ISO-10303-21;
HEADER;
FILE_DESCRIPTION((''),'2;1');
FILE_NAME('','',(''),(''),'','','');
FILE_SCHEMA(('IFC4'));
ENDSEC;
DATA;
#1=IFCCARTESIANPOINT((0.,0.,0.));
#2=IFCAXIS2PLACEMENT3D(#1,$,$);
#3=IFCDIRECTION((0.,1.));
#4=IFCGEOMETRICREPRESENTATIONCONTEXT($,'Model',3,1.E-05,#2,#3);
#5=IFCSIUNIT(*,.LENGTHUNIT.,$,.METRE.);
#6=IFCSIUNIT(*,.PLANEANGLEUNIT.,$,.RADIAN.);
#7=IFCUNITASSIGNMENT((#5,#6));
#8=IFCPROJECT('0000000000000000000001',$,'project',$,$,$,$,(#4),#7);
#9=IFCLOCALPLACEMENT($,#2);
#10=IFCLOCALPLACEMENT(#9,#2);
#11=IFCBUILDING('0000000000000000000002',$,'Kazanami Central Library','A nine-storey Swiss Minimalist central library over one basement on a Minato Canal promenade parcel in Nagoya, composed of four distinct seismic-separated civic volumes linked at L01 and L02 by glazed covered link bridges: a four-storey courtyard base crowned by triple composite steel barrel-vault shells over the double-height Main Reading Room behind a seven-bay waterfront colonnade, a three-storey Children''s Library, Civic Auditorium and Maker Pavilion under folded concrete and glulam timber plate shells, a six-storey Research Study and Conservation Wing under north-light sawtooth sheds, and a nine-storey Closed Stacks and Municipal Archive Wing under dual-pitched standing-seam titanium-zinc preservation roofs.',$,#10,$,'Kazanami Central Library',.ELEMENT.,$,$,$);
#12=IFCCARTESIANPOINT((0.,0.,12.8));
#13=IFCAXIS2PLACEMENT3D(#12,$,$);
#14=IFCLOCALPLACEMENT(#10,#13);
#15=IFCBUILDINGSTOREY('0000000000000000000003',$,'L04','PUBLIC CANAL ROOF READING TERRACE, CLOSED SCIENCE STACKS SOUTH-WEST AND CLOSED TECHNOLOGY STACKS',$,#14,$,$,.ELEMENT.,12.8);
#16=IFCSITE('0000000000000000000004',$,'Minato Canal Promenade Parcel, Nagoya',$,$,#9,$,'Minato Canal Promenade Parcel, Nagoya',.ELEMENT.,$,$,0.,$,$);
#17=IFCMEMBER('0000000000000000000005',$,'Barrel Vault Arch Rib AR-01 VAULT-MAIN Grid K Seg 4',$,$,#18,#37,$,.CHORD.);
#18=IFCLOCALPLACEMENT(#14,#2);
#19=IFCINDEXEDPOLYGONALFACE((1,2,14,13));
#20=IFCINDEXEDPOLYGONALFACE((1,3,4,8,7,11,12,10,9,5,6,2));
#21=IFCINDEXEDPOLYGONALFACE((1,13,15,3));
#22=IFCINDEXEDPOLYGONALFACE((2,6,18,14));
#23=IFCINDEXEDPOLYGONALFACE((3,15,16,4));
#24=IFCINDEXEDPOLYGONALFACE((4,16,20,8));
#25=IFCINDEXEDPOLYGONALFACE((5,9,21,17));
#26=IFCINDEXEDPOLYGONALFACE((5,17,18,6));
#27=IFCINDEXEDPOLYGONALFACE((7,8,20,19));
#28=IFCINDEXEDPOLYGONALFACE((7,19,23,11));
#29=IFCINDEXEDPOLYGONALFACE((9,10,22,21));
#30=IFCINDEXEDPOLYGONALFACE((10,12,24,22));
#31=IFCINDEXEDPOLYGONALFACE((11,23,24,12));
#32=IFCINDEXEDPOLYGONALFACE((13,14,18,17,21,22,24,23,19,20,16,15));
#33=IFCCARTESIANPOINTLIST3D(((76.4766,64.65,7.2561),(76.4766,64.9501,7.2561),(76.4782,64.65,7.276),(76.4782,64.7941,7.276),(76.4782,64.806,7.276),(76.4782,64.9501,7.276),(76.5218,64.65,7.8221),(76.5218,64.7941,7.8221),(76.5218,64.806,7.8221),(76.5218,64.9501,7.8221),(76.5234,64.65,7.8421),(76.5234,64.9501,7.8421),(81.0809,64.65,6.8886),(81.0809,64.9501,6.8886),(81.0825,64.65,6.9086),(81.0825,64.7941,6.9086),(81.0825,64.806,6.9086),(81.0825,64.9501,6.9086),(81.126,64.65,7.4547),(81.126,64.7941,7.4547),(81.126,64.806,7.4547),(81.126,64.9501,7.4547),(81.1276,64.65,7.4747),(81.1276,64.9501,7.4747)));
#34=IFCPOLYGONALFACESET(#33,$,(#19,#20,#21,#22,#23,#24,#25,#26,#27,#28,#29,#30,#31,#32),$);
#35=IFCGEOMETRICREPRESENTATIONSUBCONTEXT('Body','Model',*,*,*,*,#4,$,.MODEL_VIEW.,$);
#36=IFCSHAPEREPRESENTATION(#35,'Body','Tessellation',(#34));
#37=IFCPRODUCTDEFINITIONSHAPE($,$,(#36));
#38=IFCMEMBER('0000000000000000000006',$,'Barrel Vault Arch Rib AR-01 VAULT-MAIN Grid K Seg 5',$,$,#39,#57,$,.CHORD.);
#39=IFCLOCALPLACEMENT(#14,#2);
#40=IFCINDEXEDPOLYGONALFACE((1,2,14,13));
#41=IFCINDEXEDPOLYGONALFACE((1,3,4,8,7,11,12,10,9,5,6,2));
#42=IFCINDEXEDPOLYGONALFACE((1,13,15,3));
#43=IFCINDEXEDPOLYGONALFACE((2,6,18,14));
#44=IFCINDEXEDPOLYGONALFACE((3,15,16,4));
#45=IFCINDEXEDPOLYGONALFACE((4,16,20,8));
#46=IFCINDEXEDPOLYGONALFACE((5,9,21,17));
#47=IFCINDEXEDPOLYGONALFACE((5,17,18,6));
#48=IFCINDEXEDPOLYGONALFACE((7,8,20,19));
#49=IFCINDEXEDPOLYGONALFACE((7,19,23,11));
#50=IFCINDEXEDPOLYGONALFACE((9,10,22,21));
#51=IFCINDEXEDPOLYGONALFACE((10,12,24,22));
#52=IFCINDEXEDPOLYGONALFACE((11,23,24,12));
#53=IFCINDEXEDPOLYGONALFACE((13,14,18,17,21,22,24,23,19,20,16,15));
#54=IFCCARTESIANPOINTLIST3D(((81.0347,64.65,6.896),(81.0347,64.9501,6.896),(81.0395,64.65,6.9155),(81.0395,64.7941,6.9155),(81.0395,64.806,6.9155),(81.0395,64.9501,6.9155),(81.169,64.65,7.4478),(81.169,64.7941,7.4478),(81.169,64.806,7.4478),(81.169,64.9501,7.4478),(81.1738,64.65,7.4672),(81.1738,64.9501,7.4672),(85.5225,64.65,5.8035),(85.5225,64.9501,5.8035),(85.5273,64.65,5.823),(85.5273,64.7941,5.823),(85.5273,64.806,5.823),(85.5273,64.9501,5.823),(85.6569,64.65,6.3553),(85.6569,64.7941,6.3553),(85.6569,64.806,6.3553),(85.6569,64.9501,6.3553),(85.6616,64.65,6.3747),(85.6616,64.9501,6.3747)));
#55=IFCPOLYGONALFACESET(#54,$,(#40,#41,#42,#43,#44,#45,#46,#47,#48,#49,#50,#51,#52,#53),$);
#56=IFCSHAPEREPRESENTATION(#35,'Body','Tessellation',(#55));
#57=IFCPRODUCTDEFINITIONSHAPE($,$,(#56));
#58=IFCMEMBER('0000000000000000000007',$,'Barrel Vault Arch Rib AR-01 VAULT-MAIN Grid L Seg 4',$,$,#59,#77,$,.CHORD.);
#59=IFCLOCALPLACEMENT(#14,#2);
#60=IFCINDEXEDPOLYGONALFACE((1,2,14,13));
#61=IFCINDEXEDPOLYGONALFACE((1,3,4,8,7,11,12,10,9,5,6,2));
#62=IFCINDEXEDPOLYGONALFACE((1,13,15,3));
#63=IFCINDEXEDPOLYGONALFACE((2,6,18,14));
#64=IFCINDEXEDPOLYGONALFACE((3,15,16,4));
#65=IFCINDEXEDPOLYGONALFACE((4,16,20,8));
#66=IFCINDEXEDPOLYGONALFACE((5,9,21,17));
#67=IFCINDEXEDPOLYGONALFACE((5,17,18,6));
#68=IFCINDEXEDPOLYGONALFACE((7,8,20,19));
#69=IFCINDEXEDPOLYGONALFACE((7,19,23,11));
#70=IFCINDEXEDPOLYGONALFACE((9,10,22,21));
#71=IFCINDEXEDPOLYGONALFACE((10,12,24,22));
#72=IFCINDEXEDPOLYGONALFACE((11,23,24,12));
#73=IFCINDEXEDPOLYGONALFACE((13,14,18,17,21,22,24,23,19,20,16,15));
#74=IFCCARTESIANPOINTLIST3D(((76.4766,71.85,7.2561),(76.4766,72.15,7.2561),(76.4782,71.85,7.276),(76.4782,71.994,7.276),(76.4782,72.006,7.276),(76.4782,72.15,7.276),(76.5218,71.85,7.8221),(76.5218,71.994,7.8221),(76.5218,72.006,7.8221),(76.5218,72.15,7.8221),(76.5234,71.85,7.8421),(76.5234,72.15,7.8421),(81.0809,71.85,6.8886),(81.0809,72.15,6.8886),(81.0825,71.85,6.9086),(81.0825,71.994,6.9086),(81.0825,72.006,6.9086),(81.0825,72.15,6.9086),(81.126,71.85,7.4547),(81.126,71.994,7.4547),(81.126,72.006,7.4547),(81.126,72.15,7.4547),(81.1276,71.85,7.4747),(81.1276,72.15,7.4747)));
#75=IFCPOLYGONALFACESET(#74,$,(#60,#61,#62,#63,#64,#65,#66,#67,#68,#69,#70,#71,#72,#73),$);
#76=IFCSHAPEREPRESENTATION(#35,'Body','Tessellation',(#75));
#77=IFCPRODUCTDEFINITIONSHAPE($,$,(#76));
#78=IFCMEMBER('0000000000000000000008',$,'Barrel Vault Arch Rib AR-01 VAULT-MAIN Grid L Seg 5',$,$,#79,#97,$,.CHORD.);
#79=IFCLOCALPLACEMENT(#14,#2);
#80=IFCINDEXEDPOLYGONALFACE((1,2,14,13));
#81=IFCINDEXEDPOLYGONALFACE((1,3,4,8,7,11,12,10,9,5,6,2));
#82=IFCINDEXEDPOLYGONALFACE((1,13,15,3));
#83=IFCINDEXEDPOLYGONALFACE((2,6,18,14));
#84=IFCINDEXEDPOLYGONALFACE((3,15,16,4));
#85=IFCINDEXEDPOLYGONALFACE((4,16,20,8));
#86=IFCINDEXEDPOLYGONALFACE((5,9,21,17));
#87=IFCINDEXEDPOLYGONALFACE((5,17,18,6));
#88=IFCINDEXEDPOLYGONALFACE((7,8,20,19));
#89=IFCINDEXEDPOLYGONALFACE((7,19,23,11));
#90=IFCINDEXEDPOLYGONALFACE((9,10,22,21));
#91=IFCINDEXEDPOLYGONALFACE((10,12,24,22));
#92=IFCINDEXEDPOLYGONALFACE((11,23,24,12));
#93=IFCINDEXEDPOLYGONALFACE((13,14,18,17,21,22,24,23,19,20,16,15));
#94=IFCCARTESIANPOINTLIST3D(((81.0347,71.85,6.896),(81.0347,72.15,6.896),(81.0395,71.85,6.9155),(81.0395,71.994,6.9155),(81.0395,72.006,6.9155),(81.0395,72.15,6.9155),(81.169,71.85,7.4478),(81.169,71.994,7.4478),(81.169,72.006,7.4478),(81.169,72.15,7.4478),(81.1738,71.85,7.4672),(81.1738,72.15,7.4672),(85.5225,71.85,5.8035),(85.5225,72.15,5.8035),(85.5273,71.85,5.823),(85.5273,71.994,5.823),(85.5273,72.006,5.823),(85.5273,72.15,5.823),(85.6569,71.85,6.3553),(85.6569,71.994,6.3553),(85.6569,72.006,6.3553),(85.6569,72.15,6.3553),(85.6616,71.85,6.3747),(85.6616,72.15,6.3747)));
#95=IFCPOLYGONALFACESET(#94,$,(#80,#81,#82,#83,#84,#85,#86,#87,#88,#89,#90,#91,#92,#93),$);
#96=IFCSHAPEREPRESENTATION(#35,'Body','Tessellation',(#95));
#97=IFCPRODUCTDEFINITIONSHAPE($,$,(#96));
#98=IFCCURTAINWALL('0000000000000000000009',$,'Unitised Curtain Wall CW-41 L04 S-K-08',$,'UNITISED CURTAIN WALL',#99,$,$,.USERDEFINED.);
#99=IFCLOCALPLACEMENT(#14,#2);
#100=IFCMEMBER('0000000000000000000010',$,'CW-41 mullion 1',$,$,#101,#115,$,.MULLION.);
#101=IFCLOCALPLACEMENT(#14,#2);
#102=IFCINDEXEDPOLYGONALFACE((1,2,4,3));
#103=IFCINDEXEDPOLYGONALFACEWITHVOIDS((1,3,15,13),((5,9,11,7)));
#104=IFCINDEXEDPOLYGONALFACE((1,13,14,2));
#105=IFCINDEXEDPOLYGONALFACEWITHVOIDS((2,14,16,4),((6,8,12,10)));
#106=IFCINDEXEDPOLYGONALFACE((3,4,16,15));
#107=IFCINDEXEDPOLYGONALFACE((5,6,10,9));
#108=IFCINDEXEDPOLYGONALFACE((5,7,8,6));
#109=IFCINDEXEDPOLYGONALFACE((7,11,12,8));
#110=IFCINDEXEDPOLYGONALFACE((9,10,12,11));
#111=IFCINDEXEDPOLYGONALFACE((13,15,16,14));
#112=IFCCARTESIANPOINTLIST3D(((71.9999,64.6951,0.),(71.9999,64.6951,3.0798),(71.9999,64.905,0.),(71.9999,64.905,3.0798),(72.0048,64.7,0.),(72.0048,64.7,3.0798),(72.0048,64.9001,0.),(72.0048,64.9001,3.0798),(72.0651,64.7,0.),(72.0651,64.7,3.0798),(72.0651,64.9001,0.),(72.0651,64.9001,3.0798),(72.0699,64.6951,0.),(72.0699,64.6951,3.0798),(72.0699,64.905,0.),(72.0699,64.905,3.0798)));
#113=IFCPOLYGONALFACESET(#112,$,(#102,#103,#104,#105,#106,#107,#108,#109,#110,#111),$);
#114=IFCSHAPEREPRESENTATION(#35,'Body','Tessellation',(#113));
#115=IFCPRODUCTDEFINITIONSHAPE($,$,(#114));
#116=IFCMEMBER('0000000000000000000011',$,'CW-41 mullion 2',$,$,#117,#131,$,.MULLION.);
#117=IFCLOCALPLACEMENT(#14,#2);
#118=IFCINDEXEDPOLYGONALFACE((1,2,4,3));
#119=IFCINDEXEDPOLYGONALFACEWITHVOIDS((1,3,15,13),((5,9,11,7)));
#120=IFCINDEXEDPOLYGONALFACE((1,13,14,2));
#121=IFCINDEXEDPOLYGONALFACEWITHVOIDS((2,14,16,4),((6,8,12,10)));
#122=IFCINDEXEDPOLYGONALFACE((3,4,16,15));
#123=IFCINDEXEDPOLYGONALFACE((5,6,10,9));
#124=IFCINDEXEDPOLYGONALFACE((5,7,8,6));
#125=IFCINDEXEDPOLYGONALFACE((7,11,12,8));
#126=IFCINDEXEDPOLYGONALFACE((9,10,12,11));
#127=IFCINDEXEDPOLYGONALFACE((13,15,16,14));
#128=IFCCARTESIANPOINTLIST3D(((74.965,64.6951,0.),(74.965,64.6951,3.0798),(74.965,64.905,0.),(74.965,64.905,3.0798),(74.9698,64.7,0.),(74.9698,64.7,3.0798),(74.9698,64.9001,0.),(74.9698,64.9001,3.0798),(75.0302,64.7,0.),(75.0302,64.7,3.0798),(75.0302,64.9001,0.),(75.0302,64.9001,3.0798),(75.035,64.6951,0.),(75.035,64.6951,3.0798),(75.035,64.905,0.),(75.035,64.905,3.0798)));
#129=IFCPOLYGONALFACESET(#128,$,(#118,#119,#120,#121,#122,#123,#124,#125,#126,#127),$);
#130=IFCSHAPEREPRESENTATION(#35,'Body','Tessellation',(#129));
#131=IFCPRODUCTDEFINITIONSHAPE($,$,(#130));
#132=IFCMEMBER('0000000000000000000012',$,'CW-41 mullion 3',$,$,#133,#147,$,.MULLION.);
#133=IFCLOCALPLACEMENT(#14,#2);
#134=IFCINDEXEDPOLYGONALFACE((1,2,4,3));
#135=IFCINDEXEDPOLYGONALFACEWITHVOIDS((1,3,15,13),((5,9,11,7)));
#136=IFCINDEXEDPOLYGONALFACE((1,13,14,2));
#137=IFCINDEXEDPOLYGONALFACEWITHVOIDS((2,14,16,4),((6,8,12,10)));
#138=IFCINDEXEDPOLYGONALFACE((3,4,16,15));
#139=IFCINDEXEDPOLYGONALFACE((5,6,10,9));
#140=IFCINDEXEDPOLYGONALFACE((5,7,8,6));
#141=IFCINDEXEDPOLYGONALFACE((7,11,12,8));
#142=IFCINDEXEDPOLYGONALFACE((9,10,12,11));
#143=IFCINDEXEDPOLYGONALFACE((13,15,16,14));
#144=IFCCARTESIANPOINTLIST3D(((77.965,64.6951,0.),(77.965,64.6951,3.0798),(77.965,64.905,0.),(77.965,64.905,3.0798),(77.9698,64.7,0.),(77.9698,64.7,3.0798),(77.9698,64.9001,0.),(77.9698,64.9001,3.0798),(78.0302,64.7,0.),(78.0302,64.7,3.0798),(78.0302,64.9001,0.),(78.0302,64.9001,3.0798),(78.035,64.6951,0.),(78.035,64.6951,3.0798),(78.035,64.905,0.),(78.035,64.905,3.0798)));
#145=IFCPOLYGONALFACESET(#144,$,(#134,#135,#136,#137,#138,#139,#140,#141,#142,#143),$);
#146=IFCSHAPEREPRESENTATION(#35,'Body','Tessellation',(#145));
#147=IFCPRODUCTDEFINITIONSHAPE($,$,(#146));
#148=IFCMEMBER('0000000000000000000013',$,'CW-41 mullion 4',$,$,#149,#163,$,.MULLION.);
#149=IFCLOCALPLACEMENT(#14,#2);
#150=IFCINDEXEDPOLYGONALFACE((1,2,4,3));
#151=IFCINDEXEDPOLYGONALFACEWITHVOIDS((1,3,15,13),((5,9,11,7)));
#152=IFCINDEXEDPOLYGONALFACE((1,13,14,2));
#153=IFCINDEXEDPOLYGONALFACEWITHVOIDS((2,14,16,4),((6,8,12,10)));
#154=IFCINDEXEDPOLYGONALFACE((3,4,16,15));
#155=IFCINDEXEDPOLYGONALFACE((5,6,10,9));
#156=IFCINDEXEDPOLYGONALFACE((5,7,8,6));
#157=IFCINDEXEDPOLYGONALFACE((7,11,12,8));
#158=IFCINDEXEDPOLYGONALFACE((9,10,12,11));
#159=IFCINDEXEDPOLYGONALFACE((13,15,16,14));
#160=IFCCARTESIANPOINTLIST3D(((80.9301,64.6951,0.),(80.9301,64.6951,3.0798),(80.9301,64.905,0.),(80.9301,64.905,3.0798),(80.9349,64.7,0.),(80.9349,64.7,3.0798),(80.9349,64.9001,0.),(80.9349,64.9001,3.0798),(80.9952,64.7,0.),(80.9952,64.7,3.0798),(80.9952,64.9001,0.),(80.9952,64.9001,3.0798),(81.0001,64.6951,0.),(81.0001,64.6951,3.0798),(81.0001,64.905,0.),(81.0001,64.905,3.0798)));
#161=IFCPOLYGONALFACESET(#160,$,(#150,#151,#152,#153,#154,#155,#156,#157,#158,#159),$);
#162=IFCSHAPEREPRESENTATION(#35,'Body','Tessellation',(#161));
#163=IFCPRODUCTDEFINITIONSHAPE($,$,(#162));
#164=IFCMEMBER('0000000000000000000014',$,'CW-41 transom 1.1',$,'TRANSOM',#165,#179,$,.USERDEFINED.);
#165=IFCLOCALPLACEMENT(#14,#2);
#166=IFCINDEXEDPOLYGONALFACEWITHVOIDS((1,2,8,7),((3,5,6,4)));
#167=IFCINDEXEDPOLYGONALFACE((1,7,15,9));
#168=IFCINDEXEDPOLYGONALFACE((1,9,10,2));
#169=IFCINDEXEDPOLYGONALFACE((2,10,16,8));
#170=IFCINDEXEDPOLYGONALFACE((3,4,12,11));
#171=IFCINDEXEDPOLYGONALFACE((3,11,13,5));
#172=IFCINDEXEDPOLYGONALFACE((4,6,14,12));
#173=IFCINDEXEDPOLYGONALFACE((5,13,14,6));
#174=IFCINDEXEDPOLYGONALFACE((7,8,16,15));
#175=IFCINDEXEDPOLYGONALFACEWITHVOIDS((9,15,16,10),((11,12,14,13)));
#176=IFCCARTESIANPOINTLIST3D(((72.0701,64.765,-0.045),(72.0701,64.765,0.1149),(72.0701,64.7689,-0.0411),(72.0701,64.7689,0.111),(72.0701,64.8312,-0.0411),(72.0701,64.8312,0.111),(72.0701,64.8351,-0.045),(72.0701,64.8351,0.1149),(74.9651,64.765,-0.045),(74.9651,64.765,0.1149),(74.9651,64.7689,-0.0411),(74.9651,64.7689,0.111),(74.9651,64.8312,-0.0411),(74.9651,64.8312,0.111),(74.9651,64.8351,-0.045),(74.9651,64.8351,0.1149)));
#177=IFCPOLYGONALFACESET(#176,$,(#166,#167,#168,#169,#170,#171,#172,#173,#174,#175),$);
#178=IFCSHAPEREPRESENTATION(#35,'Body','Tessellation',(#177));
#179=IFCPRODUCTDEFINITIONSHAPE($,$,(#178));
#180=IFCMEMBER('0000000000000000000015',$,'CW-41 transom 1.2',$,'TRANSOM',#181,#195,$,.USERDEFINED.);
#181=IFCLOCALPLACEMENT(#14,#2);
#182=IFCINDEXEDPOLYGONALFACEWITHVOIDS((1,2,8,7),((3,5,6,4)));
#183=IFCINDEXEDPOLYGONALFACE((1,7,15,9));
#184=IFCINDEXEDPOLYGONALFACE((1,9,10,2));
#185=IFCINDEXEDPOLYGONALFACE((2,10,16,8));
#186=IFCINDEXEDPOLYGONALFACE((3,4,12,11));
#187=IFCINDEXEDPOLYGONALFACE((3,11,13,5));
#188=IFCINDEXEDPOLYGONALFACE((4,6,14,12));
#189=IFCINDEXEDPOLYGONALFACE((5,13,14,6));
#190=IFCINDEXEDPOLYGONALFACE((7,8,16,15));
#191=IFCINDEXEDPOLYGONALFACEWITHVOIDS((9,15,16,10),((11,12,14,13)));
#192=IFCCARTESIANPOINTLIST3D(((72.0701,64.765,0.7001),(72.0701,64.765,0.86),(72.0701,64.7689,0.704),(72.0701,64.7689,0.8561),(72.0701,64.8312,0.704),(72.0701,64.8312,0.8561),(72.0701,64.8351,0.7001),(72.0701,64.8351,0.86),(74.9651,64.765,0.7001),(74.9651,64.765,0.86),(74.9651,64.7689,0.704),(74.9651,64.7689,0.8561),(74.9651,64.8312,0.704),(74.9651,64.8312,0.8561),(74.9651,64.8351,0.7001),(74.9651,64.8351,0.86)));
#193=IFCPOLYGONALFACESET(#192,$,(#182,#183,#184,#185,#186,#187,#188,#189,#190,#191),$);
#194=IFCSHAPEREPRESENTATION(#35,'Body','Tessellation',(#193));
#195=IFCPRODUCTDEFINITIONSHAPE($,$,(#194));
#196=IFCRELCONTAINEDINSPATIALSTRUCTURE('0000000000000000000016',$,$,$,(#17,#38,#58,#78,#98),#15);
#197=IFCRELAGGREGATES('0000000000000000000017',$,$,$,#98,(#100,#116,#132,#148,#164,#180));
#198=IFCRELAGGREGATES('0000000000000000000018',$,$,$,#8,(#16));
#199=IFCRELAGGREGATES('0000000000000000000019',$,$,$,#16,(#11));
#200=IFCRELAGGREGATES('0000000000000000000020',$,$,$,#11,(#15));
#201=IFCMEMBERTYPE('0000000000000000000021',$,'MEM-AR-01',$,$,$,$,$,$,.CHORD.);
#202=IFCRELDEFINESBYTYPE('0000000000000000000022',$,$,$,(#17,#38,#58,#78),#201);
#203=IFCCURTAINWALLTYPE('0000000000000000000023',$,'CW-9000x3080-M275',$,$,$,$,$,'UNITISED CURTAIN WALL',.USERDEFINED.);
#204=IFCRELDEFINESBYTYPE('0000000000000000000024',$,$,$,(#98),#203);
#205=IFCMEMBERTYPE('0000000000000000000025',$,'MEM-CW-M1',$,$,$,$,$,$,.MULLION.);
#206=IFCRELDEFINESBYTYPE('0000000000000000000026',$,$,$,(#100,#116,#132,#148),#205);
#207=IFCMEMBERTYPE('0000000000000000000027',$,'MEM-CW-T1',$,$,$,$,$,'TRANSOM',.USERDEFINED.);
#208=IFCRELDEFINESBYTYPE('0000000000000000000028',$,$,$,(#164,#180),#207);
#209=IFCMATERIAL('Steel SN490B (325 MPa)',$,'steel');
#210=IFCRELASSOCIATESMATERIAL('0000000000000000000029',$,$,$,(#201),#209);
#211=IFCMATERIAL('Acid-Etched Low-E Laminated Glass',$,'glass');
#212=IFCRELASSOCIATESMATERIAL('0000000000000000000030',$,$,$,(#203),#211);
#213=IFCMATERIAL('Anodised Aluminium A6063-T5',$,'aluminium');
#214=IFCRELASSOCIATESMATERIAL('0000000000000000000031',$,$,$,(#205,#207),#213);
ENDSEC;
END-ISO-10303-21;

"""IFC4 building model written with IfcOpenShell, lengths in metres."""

from ifc_helpers import new_model, si_unit, direction, frame, origin, origin_2d, place, context, subcontext, project, spatial, hollow_rectangle, i_section, extrude, material, material_profile, profile_set, type_object, element, aggregate, save


model = new_model("IFC4")

# Units and contexts
model_context = context("Model", 3, precision=1e-05, world=origin(), true_north=direction((0.0, 1.0)))
body_context = subcontext(model_context, "Body", "Model", "MODEL_VIEW")
ifc_project = project(units=[si_unit("LENGTHUNIT", "METRE"), si_unit("PLANEANGLEUNIT", "RADIAN")], contexts=[model_context])

# Site, building, storey
site_placement = place(None, origin())
site = spatial("IfcSite", under=ifc_project, at=site_placement, Name="Minato Canal Promenade Parcel, Nagoya", LongName="Minato Canal Promenade Parcel, Nagoya", CompositionType="ELEMENT", RefElevation=0.0)
building_placement = place(site_placement, origin())
building = spatial("IfcBuilding", under=site, at=building_placement, Name="Kazanami Central Library", Description="A nine-storey Swiss Minimalist central library over one basement on a Minato Canal promenade parcel in Nagoya, composed of four distinct seismic-separated civic volumes linked at L01 and L02 by glazed covered link bridges: a four-storey courtyard base crowned by triple composite steel barrel-vault shells over the double-height Main Reading Room behind a seven-bay waterfront colonnade, a three-storey Children's Library, Civic Auditorium and Maker Pavilion under folded concrete and glulam timber plate shells, a six-storey Research Study and Conservation Wing under north-light sawtooth sheds, and a nine-storey Closed Stacks and Municipal Archive Wing under dual-pitched standing-seam titanium-zinc preservation roofs.", LongName="Kazanami Central Library", CompositionType="ELEMENT")
storey_placement = place(building_placement, frame((0.0, 0.0, 12.8)))
storey = spatial("IfcBuildingStorey", under=building, at=storey_placement, Name="L04", Description="PUBLIC CANAL ROOF READING TERRACE, CLOSED SCIENCE STACKS SOUTH-WEST AND CLOSED TECHNOLOGY STACKS", CompositionType="ELEMENT", Elevation=12.8)

# Members
ifc_material_1 = material(Name="Steel SN490B (325 MPa)", Category="steel")
ifc_material_profile_1 = material_profile(ifc_material_1, i_section(OverallWidth=0.3, OverallDepth=0.5879, WebThickness=0.012, FlangeThickness=0.02, at=origin_2d()), Name="H-588x300x12x20")
ifc_profile_set_1 = profile_set([ifc_material_profile_1], Name="Steel SN490B (325 MPa)")
member_type_1 = type_object("IfcMemberType", Name="MEM-AR-01", PredefinedType="CHORD", material=ifc_profile_set_1)
for number, where, z_axis, x_axis, name in (
    (1, (76.5, 64.8, 7.5491), (0.996831, 0.0, -0.07955), (0.0, 1.0, 0.0), "Barrel Vault Arch Rib AR-01 VAULT-MAIN Grid K Seg 4"),
    (2, (81.1042, 64.8, 7.1816), (0.971623, 0.0, -0.236536), (0.0, 1.0, 0.0), "Barrel Vault Arch Rib AR-01 VAULT-MAIN Grid K Seg 5"),
    (3, (76.5, 72.0, 7.5491), (0.996831, 0.0, -0.07955), (0.0, 1.0, 0.0), "Barrel Vault Arch Rib AR-01 VAULT-MAIN Grid L Seg 4"),
    (4, (81.1042, 72.0, 7.1816), (0.971623, 0.0, -0.236536), (0.0, 1.0, 0.0), "Barrel Vault Arch Rib AR-01 VAULT-MAIN Grid L Seg 5"),
):
    element("IfcMember", number, at=place(storey_placement, frame(where, z_axis=z_axis, x_axis=x_axis)), inside=storey, type_object=member_type_1, Name=name, PredefinedType="CHORD", context=body_context, shape_type="SweptSolid", body=[
        extrude(i_section(OverallWidth=0.3, OverallDepth=0.5879, WebThickness=0.012, FlangeThickness=0.02, at=origin_2d()), origin(), (0.0, 0.0, 1.0), 4.6189),
    ])

# Curtain wall, members
ifc_material_2 = material(Name="Acid-Etched Low-E Laminated Glass", Category="glass")
curtain_wall_type = type_object("IfcCurtainWallType", Name="CW-9000x3080-M275", ElementType="UNITISED CURTAIN WALL", PredefinedType="USERDEFINED", material=ifc_material_2)
curtain_wall_placement = place(storey_placement, origin())
curtain_wall = element("IfcCurtainWall", 5, at=curtain_wall_placement, inside=storey, type_object=curtain_wall_type, Name="Unitised Curtain Wall CW-41 L04 S-K-08", ObjectType="UNITISED CURTAIN WALL", PredefinedType="USERDEFINED")
ifc_material_3 = material(Name="Anodised Aluminium A6063-T5", Category="aluminium")
ifc_material_profile_2 = material_profile(ifc_material_3, hollow_rectangle(XDim=0.0701, YDim=0.21, WallThickness=0.0049, at=origin_2d()), Name="ALU-MULL-70x210x5")
ifc_profile_set_2 = profile_set([ifc_material_profile_2], Name="Anodised Aluminium A6063-T5")
member_type_2 = type_object("IfcMemberType", Name="MEM-CW-M1", PredefinedType="MULLION", material=ifc_profile_set_2)
member_1_placement = place(storey_placement, frame((72.0349, 64.8, 0.0), z_axis=(0.0, 0.0, 1.0), x_axis=(1.0, 0.0, 0.0)))
member_1 = element("IfcMember", 6, at=member_1_placement, type_object=member_type_2, Name="CW-41 mullion 1", PredefinedType="MULLION", context=body_context, shape_type="SweptSolid", body=[
    extrude(hollow_rectangle(XDim=0.0701, YDim=0.21, WallThickness=0.0049, at=origin_2d()), origin(), (0.0, 0.0, 1.0), 3.0798),
])
member_2_placement = place(storey_placement, frame((75.0, 64.8, 0.0), z_axis=(0.0, 0.0, 1.0), x_axis=(1.0, 0.0, 0.0)))
member_2 = element("IfcMember", 7, at=member_2_placement, type_object=member_type_2, Name="CW-41 mullion 2", PredefinedType="MULLION", context=body_context, shape_type="SweptSolid", body=[
    extrude(hollow_rectangle(XDim=0.0701, YDim=0.21, WallThickness=0.0049, at=origin_2d()), origin(), (0.0, 0.0, 1.0), 3.0798),
])
member_3_placement = place(storey_placement, frame((78.0, 64.8, 0.0), z_axis=(0.0, 0.0, 1.0), x_axis=(1.0, 0.0, 0.0)))
member_3 = element("IfcMember", 8, at=member_3_placement, type_object=member_type_2, Name="CW-41 mullion 3", PredefinedType="MULLION", context=body_context, shape_type="SweptSolid", body=[
    extrude(hollow_rectangle(XDim=0.0701, YDim=0.21, WallThickness=0.0049, at=origin_2d()), origin(), (0.0, 0.0, 1.0), 3.0798),
])
member_4_placement = place(storey_placement, frame((80.9651, 64.8, 0.0), z_axis=(0.0, 0.0, 1.0), x_axis=(1.0, 0.0, 0.0)))
member_4 = element("IfcMember", 9, at=member_4_placement, type_object=member_type_2, Name="CW-41 mullion 4", PredefinedType="MULLION", context=body_context, shape_type="SweptSolid", body=[
    extrude(hollow_rectangle(XDim=0.0701, YDim=0.21, WallThickness=0.0049, at=origin_2d()), origin(), (0.0, 0.0, 1.0), 3.0798),
])
ifc_material_profile_3 = material_profile(ifc_material_3, hollow_rectangle(XDim=0.0701, YDim=0.1599, WallThickness=0.0039, at=origin_2d()), Name="ALU-TRAN-70x160x4")
ifc_profile_set_3 = profile_set([ifc_material_profile_3], Name="Anodised Aluminium A6063-T5")
member_type_3 = type_object("IfcMemberType", Name="MEM-CW-T1", ElementType="TRANSOM", PredefinedType="USERDEFINED", material=ifc_profile_set_3)
member_5_placement = place(storey_placement, frame((72.0701, 64.8, 0.0349), z_axis=(1.0, 0.0, 0.0), x_axis=(0.0, 1.0, 0.0)))
member_5 = element("IfcMember", 10, at=member_5_placement, type_object=member_type_3, Name="CW-41 transom 1.1", ObjectType="TRANSOM", PredefinedType="USERDEFINED", context=body_context, shape_type="SweptSolid", body=[
    extrude(hollow_rectangle(XDim=0.0701, YDim=0.1599, WallThickness=0.0039, at=origin_2d()), origin(), (0.0, 0.0, 1.0), 2.895),
])
member_6_placement = place(storey_placement, frame((72.0701, 64.8, 0.78), z_axis=(1.0, 0.0, 0.0), x_axis=(0.0, 1.0, 0.0)))
member_6 = element("IfcMember", 11, at=member_6_placement, type_object=member_type_3, Name="CW-41 transom 1.2", ObjectType="TRANSOM", PredefinedType="USERDEFINED", context=body_context, shape_type="SweptSolid", body=[
    extrude(hollow_rectangle(XDim=0.0701, YDim=0.1599, WallThickness=0.0039, at=origin_2d()), origin(), (0.0, 0.0, 1.0), 2.895),
])

aggregate(curtain_wall, [member_1, member_2, member_3, member_4, member_5, member_6])

save(model, "model.ifc")
